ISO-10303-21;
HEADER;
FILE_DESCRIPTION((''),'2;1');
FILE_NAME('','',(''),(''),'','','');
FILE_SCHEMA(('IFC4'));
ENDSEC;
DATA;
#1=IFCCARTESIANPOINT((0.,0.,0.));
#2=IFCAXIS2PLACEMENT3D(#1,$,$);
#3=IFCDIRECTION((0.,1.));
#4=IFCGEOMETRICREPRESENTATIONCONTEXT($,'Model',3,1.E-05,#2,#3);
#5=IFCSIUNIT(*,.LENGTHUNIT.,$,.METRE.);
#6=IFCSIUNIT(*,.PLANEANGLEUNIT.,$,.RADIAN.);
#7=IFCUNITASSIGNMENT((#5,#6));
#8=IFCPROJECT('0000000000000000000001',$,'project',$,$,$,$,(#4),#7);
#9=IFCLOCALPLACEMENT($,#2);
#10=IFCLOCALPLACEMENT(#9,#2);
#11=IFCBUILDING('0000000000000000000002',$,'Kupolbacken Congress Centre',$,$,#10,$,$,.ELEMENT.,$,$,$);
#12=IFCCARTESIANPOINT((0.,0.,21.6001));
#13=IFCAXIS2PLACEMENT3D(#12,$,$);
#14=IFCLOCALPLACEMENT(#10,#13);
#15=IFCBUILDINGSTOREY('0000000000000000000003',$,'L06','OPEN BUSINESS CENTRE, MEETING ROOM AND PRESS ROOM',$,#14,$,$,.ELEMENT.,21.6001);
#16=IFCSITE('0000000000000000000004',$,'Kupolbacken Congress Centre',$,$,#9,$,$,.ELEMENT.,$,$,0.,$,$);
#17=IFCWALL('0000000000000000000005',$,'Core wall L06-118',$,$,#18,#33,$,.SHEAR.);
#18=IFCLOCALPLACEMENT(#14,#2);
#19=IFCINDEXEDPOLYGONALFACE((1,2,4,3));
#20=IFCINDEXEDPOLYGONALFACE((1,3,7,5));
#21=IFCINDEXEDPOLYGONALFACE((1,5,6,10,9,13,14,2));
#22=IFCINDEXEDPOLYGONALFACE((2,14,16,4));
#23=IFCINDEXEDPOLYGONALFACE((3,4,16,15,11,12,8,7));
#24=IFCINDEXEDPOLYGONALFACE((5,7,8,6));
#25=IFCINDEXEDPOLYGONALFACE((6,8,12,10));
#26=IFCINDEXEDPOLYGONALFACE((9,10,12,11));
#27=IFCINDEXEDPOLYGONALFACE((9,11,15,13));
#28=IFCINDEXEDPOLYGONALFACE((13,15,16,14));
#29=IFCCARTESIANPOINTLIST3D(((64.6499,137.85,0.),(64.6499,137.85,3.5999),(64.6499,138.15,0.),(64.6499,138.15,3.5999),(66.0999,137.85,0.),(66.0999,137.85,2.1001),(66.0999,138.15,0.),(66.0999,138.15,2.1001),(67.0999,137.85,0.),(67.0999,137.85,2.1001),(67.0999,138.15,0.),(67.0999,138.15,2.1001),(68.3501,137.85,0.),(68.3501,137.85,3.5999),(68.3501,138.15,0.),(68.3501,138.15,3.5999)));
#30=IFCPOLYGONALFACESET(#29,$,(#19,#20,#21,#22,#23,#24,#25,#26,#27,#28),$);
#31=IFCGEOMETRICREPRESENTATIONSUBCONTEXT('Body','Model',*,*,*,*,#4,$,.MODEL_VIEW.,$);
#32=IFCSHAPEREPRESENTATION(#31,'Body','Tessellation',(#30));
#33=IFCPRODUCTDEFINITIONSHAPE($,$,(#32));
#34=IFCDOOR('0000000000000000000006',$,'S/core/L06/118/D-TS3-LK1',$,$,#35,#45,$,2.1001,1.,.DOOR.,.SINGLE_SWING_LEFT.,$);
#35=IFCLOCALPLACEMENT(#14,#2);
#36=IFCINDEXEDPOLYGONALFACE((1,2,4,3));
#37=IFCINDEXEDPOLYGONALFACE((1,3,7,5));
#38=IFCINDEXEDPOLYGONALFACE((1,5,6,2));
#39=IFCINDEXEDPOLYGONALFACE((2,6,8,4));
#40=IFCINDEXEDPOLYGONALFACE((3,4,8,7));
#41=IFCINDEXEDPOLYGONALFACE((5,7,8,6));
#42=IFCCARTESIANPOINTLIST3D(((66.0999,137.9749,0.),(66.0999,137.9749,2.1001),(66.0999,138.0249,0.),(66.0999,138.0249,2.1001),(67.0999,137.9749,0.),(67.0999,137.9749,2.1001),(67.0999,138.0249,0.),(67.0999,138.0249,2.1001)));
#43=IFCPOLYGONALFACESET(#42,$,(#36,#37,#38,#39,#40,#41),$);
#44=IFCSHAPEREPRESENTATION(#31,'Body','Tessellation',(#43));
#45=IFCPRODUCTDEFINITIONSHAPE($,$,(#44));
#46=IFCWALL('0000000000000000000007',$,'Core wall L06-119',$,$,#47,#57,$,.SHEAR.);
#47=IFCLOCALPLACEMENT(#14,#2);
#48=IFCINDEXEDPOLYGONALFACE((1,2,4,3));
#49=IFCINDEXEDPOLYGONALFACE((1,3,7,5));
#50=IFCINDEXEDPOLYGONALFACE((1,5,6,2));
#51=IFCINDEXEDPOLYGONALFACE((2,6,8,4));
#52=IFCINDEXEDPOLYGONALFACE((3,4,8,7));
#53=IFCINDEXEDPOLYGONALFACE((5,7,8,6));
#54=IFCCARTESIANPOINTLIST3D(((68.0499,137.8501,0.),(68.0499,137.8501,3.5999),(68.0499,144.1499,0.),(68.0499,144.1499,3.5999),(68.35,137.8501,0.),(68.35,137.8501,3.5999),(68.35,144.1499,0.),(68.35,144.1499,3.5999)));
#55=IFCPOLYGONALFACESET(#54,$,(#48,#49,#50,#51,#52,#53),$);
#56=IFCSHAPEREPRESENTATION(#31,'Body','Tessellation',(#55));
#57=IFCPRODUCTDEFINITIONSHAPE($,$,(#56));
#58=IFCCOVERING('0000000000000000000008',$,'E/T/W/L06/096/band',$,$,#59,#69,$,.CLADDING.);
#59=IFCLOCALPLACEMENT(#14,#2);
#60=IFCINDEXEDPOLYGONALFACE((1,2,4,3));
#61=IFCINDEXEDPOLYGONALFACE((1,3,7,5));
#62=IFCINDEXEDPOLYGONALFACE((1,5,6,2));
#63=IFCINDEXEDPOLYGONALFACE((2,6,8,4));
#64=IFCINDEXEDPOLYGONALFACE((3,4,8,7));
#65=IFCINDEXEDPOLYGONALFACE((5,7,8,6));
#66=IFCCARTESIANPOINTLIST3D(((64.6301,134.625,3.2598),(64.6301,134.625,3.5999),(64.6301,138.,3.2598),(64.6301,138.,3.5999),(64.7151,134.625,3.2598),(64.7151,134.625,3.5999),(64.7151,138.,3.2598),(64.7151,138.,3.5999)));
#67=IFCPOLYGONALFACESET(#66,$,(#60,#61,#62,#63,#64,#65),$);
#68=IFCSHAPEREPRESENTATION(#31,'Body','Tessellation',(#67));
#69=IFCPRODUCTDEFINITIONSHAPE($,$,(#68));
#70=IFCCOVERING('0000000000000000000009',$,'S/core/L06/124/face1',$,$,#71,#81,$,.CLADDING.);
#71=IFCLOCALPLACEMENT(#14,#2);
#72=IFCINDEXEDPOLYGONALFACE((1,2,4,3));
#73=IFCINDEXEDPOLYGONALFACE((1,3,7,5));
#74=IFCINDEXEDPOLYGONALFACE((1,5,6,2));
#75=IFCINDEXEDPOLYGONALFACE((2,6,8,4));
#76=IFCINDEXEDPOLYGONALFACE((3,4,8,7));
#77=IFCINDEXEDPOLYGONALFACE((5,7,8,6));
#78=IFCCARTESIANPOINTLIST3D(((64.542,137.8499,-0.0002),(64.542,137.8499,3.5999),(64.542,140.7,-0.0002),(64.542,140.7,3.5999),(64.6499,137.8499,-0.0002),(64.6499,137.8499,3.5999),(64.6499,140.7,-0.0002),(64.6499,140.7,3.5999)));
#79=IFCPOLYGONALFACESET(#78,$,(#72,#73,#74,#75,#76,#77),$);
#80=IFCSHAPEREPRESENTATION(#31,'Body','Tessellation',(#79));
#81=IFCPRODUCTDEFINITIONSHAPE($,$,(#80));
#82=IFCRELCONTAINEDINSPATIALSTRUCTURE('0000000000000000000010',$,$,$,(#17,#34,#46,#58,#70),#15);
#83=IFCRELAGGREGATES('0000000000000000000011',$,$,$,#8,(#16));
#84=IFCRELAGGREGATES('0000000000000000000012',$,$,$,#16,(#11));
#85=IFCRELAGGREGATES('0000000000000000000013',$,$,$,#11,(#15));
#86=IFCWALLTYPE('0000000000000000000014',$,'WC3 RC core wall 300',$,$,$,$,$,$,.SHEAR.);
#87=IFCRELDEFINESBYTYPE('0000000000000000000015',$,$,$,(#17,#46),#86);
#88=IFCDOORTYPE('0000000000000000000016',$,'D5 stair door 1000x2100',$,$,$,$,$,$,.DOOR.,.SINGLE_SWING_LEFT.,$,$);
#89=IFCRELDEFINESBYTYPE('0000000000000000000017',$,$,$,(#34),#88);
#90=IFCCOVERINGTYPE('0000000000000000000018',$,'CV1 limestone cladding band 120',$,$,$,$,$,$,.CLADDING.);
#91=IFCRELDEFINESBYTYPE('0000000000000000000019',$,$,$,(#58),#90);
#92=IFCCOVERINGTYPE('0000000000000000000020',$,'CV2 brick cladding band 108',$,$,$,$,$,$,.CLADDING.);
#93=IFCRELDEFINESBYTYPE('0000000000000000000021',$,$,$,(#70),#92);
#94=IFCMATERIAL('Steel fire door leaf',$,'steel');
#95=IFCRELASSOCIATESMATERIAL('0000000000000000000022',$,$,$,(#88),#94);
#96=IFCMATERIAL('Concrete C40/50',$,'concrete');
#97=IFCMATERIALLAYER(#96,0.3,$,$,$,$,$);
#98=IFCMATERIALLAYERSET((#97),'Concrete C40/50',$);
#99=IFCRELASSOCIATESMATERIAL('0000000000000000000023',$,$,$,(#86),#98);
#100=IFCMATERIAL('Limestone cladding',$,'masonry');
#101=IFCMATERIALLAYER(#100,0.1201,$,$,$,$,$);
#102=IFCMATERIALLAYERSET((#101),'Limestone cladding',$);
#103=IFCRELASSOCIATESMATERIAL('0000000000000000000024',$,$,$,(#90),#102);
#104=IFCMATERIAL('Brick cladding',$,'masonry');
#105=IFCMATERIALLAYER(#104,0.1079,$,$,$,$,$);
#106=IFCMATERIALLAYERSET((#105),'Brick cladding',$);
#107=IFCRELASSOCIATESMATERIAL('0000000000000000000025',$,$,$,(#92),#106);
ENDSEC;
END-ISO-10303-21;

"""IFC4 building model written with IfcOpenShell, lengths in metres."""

from ifc_helpers import new_model, si_unit, direction, frame, frame_2d, origin, origin_2d, place, context, subcontext, project, spatial, rectangle, extrude, material, layer, layer_set, type_object, element, fill, save


model = new_model("IFC4")

# Units and contexts
model_context = context("Model", 3, precision=1e-05, world=origin(), true_north=direction((0.0, 1.0)))
body_context = subcontext(model_context, "Body", "Model", "MODEL_VIEW")
ifc_project = project(units=[si_unit("LENGTHUNIT", "METRE"), si_unit("PLANEANGLEUNIT", "RADIAN")], contexts=[model_context])

# Site, building, storey
site_placement = place(None, origin())
site = spatial("IfcSite", under=ifc_project, at=site_placement, Name="Kupolbacken Congress Centre", CompositionType="ELEMENT", RefElevation=0.0)
building_placement = place(site_placement, origin())
building = spatial("IfcBuilding", under=site, at=building_placement, Name="Kupolbacken Congress Centre", CompositionType="ELEMENT")
storey_placement = place(building_placement, frame((0.0, 0.0, 21.6001)))
storey = spatial("IfcBuildingStorey", under=building, at=storey_placement, Name="L06", Description="OPEN BUSINESS CENTRE, MEETING ROOM AND PRESS ROOM", CompositionType="ELEMENT", Elevation=21.6001)

# Wall, opening, door
ifc_material_1 = material(Name="Steel fire door leaf", Category="steel")
door_type_1 = type_object("IfcDoorType", Name="D5 stair door 1000x2100", OperationType="SINGLE_SWING_LEFT", PredefinedType="DOOR", material=ifc_material_1)
ifc_material_2 = material(Name="Concrete C40/50", Category="concrete")
ifc_layer_1 = layer(ifc_material_2, 0.3)
ifc_layer_set_1 = layer_set([ifc_layer_1], Name="Concrete C40/50")
wall_type_1 = type_object("IfcWallType", Name="WC3 RC core wall 300", PredefinedType="SHEAR", material=ifc_layer_set_1)
wall_1_placement = place(storey_placement, frame((64.6499, 138.0, 0.0), z_axis=(0.0, 0.0, 1.0), x_axis=(1.0, 0.0, 0.0)))
wall_1 = element("IfcWall", 1, at=wall_1_placement, inside=storey, type_object=wall_type_1, Name="Core wall L06-118", PredefinedType="SHEAR", context=body_context, shape_type="SweptSolid", body=[
    extrude(rectangle(XDim=3.7002, YDim=0.3, at=frame_2d((1.8501, 0.0))), origin(), (0.0, 0.0, 1.0), 3.5999),
])
opening_1_placement = place(wall_1_placement, frame((1.45, 0.0, 0.0)))
opening_1 = element("IfcOpeningElement", 2, at=opening_1_placement, cuts=wall_1, PredefinedType="OPENING", context=body_context, shape_type="SweptSolid", body=[
    extrude(rectangle(XDim=1.0, YDim=2.1001, at=frame_2d((0.5, 1.05))), frame((0.0, 0.1599, 0.0), z_axis=(0.0, -1.0, 0.0), x_axis=(1.0, 0.0, 0.0)), (0.0, 0.0, 1.0), 0.3201),
])
door_1_placement = place(opening_1_placement, origin())
door_1 = element("IfcDoor", 3, at=door_1_placement, inside=storey, type_object=door_type_1, Name="S/core/L06/118/D-TS3-LK1", OperationType="SINGLE_SWING_LEFT", OverallHeight=2.1001, OverallWidth=1.0, PredefinedType="DOOR", context=body_context, shape_type="SweptSolid", body=[
    extrude(rectangle(XDim=1.0, YDim=2.1001, at=frame_2d((0.5, 1.05))), frame((0.0, 0.0249, 0.0), z_axis=(0.0, -1.0, 0.0), x_axis=(1.0, 0.0, 0.0)), (0.0, 0.0, 1.0), 0.05),
])
fill(opening_1, door_1)

# Wall
wall_2_placement = place(storey_placement, frame((68.2, 137.8501, 0.0), z_axis=(0.0, 0.0, 1.0), x_axis=(0.0, 1.0, 0.0)))
element("IfcWall", 4, at=wall_2_placement, inside=storey, type_object=wall_type_1, Name="Core wall L06-119", PredefinedType="SHEAR", context=body_context, shape_type="SweptSolid", body=[
    extrude(rectangle(XDim=6.2998, YDim=0.3, at=frame_2d((3.1499, 0.0))), origin(), (0.0, 0.0, 1.0), 3.5999),
])

# Coverings
ifc_material_3 = material(Name="Limestone cladding", Category="masonry")
ifc_layer_2 = layer(ifc_material_3, 0.1201)
ifc_layer_set_2 = layer_set([ifc_layer_2], Name="Limestone cladding")
covering_type_1 = type_object("IfcCoveringType", Name="CV1 limestone cladding band 120", PredefinedType="CLADDING", material=ifc_layer_set_2)
covering_1_placement = place(storey_placement, frame((64.6726, 136.3125, 3.2598), z_axis=(0.0, 0.0, 1.0), x_axis=(0.0, -1.0, 0.0)))
element("IfcCovering", 5, at=covering_1_placement, inside=storey, type_object=covering_type_1, Name="E/T/W/L06/096/band", PredefinedType="CLADDING", context=body_context, shape_type="SweptSolid", body=[
    extrude(rectangle(XDim=3.375, YDim=0.085, at=origin_2d()), origin(), (0.0, 0.0, 1.0), 0.3401),
])
ifc_material_4 = material(Name="Brick cladding", Category="masonry")
ifc_layer_3 = layer(ifc_material_4, 0.1079)
ifc_layer_set_3 = layer_set([ifc_layer_3], Name="Brick cladding")
covering_type_2 = type_object("IfcCoveringType", Name="CV2 brick cladding band 108", PredefinedType="CLADDING", material=ifc_layer_set_3)
covering_2_placement = place(storey_placement, frame((64.5959, 139.2749, -0.0002), z_axis=(0.0, 0.0, 1.0), x_axis=(0.0, -1.0, 0.0)))
element("IfcCovering", 6, at=covering_2_placement, inside=storey, type_object=covering_type_2, Name="S/core/L06/124/face1", PredefinedType="CLADDING", context=body_context, shape_type="SweptSolid", body=[
    extrude(rectangle(XDim=2.8501, YDim=0.1079, at=origin_2d()), origin(), (0.0, 0.0, 1.0), 3.6001),
])

save(model, "model.ifc")
